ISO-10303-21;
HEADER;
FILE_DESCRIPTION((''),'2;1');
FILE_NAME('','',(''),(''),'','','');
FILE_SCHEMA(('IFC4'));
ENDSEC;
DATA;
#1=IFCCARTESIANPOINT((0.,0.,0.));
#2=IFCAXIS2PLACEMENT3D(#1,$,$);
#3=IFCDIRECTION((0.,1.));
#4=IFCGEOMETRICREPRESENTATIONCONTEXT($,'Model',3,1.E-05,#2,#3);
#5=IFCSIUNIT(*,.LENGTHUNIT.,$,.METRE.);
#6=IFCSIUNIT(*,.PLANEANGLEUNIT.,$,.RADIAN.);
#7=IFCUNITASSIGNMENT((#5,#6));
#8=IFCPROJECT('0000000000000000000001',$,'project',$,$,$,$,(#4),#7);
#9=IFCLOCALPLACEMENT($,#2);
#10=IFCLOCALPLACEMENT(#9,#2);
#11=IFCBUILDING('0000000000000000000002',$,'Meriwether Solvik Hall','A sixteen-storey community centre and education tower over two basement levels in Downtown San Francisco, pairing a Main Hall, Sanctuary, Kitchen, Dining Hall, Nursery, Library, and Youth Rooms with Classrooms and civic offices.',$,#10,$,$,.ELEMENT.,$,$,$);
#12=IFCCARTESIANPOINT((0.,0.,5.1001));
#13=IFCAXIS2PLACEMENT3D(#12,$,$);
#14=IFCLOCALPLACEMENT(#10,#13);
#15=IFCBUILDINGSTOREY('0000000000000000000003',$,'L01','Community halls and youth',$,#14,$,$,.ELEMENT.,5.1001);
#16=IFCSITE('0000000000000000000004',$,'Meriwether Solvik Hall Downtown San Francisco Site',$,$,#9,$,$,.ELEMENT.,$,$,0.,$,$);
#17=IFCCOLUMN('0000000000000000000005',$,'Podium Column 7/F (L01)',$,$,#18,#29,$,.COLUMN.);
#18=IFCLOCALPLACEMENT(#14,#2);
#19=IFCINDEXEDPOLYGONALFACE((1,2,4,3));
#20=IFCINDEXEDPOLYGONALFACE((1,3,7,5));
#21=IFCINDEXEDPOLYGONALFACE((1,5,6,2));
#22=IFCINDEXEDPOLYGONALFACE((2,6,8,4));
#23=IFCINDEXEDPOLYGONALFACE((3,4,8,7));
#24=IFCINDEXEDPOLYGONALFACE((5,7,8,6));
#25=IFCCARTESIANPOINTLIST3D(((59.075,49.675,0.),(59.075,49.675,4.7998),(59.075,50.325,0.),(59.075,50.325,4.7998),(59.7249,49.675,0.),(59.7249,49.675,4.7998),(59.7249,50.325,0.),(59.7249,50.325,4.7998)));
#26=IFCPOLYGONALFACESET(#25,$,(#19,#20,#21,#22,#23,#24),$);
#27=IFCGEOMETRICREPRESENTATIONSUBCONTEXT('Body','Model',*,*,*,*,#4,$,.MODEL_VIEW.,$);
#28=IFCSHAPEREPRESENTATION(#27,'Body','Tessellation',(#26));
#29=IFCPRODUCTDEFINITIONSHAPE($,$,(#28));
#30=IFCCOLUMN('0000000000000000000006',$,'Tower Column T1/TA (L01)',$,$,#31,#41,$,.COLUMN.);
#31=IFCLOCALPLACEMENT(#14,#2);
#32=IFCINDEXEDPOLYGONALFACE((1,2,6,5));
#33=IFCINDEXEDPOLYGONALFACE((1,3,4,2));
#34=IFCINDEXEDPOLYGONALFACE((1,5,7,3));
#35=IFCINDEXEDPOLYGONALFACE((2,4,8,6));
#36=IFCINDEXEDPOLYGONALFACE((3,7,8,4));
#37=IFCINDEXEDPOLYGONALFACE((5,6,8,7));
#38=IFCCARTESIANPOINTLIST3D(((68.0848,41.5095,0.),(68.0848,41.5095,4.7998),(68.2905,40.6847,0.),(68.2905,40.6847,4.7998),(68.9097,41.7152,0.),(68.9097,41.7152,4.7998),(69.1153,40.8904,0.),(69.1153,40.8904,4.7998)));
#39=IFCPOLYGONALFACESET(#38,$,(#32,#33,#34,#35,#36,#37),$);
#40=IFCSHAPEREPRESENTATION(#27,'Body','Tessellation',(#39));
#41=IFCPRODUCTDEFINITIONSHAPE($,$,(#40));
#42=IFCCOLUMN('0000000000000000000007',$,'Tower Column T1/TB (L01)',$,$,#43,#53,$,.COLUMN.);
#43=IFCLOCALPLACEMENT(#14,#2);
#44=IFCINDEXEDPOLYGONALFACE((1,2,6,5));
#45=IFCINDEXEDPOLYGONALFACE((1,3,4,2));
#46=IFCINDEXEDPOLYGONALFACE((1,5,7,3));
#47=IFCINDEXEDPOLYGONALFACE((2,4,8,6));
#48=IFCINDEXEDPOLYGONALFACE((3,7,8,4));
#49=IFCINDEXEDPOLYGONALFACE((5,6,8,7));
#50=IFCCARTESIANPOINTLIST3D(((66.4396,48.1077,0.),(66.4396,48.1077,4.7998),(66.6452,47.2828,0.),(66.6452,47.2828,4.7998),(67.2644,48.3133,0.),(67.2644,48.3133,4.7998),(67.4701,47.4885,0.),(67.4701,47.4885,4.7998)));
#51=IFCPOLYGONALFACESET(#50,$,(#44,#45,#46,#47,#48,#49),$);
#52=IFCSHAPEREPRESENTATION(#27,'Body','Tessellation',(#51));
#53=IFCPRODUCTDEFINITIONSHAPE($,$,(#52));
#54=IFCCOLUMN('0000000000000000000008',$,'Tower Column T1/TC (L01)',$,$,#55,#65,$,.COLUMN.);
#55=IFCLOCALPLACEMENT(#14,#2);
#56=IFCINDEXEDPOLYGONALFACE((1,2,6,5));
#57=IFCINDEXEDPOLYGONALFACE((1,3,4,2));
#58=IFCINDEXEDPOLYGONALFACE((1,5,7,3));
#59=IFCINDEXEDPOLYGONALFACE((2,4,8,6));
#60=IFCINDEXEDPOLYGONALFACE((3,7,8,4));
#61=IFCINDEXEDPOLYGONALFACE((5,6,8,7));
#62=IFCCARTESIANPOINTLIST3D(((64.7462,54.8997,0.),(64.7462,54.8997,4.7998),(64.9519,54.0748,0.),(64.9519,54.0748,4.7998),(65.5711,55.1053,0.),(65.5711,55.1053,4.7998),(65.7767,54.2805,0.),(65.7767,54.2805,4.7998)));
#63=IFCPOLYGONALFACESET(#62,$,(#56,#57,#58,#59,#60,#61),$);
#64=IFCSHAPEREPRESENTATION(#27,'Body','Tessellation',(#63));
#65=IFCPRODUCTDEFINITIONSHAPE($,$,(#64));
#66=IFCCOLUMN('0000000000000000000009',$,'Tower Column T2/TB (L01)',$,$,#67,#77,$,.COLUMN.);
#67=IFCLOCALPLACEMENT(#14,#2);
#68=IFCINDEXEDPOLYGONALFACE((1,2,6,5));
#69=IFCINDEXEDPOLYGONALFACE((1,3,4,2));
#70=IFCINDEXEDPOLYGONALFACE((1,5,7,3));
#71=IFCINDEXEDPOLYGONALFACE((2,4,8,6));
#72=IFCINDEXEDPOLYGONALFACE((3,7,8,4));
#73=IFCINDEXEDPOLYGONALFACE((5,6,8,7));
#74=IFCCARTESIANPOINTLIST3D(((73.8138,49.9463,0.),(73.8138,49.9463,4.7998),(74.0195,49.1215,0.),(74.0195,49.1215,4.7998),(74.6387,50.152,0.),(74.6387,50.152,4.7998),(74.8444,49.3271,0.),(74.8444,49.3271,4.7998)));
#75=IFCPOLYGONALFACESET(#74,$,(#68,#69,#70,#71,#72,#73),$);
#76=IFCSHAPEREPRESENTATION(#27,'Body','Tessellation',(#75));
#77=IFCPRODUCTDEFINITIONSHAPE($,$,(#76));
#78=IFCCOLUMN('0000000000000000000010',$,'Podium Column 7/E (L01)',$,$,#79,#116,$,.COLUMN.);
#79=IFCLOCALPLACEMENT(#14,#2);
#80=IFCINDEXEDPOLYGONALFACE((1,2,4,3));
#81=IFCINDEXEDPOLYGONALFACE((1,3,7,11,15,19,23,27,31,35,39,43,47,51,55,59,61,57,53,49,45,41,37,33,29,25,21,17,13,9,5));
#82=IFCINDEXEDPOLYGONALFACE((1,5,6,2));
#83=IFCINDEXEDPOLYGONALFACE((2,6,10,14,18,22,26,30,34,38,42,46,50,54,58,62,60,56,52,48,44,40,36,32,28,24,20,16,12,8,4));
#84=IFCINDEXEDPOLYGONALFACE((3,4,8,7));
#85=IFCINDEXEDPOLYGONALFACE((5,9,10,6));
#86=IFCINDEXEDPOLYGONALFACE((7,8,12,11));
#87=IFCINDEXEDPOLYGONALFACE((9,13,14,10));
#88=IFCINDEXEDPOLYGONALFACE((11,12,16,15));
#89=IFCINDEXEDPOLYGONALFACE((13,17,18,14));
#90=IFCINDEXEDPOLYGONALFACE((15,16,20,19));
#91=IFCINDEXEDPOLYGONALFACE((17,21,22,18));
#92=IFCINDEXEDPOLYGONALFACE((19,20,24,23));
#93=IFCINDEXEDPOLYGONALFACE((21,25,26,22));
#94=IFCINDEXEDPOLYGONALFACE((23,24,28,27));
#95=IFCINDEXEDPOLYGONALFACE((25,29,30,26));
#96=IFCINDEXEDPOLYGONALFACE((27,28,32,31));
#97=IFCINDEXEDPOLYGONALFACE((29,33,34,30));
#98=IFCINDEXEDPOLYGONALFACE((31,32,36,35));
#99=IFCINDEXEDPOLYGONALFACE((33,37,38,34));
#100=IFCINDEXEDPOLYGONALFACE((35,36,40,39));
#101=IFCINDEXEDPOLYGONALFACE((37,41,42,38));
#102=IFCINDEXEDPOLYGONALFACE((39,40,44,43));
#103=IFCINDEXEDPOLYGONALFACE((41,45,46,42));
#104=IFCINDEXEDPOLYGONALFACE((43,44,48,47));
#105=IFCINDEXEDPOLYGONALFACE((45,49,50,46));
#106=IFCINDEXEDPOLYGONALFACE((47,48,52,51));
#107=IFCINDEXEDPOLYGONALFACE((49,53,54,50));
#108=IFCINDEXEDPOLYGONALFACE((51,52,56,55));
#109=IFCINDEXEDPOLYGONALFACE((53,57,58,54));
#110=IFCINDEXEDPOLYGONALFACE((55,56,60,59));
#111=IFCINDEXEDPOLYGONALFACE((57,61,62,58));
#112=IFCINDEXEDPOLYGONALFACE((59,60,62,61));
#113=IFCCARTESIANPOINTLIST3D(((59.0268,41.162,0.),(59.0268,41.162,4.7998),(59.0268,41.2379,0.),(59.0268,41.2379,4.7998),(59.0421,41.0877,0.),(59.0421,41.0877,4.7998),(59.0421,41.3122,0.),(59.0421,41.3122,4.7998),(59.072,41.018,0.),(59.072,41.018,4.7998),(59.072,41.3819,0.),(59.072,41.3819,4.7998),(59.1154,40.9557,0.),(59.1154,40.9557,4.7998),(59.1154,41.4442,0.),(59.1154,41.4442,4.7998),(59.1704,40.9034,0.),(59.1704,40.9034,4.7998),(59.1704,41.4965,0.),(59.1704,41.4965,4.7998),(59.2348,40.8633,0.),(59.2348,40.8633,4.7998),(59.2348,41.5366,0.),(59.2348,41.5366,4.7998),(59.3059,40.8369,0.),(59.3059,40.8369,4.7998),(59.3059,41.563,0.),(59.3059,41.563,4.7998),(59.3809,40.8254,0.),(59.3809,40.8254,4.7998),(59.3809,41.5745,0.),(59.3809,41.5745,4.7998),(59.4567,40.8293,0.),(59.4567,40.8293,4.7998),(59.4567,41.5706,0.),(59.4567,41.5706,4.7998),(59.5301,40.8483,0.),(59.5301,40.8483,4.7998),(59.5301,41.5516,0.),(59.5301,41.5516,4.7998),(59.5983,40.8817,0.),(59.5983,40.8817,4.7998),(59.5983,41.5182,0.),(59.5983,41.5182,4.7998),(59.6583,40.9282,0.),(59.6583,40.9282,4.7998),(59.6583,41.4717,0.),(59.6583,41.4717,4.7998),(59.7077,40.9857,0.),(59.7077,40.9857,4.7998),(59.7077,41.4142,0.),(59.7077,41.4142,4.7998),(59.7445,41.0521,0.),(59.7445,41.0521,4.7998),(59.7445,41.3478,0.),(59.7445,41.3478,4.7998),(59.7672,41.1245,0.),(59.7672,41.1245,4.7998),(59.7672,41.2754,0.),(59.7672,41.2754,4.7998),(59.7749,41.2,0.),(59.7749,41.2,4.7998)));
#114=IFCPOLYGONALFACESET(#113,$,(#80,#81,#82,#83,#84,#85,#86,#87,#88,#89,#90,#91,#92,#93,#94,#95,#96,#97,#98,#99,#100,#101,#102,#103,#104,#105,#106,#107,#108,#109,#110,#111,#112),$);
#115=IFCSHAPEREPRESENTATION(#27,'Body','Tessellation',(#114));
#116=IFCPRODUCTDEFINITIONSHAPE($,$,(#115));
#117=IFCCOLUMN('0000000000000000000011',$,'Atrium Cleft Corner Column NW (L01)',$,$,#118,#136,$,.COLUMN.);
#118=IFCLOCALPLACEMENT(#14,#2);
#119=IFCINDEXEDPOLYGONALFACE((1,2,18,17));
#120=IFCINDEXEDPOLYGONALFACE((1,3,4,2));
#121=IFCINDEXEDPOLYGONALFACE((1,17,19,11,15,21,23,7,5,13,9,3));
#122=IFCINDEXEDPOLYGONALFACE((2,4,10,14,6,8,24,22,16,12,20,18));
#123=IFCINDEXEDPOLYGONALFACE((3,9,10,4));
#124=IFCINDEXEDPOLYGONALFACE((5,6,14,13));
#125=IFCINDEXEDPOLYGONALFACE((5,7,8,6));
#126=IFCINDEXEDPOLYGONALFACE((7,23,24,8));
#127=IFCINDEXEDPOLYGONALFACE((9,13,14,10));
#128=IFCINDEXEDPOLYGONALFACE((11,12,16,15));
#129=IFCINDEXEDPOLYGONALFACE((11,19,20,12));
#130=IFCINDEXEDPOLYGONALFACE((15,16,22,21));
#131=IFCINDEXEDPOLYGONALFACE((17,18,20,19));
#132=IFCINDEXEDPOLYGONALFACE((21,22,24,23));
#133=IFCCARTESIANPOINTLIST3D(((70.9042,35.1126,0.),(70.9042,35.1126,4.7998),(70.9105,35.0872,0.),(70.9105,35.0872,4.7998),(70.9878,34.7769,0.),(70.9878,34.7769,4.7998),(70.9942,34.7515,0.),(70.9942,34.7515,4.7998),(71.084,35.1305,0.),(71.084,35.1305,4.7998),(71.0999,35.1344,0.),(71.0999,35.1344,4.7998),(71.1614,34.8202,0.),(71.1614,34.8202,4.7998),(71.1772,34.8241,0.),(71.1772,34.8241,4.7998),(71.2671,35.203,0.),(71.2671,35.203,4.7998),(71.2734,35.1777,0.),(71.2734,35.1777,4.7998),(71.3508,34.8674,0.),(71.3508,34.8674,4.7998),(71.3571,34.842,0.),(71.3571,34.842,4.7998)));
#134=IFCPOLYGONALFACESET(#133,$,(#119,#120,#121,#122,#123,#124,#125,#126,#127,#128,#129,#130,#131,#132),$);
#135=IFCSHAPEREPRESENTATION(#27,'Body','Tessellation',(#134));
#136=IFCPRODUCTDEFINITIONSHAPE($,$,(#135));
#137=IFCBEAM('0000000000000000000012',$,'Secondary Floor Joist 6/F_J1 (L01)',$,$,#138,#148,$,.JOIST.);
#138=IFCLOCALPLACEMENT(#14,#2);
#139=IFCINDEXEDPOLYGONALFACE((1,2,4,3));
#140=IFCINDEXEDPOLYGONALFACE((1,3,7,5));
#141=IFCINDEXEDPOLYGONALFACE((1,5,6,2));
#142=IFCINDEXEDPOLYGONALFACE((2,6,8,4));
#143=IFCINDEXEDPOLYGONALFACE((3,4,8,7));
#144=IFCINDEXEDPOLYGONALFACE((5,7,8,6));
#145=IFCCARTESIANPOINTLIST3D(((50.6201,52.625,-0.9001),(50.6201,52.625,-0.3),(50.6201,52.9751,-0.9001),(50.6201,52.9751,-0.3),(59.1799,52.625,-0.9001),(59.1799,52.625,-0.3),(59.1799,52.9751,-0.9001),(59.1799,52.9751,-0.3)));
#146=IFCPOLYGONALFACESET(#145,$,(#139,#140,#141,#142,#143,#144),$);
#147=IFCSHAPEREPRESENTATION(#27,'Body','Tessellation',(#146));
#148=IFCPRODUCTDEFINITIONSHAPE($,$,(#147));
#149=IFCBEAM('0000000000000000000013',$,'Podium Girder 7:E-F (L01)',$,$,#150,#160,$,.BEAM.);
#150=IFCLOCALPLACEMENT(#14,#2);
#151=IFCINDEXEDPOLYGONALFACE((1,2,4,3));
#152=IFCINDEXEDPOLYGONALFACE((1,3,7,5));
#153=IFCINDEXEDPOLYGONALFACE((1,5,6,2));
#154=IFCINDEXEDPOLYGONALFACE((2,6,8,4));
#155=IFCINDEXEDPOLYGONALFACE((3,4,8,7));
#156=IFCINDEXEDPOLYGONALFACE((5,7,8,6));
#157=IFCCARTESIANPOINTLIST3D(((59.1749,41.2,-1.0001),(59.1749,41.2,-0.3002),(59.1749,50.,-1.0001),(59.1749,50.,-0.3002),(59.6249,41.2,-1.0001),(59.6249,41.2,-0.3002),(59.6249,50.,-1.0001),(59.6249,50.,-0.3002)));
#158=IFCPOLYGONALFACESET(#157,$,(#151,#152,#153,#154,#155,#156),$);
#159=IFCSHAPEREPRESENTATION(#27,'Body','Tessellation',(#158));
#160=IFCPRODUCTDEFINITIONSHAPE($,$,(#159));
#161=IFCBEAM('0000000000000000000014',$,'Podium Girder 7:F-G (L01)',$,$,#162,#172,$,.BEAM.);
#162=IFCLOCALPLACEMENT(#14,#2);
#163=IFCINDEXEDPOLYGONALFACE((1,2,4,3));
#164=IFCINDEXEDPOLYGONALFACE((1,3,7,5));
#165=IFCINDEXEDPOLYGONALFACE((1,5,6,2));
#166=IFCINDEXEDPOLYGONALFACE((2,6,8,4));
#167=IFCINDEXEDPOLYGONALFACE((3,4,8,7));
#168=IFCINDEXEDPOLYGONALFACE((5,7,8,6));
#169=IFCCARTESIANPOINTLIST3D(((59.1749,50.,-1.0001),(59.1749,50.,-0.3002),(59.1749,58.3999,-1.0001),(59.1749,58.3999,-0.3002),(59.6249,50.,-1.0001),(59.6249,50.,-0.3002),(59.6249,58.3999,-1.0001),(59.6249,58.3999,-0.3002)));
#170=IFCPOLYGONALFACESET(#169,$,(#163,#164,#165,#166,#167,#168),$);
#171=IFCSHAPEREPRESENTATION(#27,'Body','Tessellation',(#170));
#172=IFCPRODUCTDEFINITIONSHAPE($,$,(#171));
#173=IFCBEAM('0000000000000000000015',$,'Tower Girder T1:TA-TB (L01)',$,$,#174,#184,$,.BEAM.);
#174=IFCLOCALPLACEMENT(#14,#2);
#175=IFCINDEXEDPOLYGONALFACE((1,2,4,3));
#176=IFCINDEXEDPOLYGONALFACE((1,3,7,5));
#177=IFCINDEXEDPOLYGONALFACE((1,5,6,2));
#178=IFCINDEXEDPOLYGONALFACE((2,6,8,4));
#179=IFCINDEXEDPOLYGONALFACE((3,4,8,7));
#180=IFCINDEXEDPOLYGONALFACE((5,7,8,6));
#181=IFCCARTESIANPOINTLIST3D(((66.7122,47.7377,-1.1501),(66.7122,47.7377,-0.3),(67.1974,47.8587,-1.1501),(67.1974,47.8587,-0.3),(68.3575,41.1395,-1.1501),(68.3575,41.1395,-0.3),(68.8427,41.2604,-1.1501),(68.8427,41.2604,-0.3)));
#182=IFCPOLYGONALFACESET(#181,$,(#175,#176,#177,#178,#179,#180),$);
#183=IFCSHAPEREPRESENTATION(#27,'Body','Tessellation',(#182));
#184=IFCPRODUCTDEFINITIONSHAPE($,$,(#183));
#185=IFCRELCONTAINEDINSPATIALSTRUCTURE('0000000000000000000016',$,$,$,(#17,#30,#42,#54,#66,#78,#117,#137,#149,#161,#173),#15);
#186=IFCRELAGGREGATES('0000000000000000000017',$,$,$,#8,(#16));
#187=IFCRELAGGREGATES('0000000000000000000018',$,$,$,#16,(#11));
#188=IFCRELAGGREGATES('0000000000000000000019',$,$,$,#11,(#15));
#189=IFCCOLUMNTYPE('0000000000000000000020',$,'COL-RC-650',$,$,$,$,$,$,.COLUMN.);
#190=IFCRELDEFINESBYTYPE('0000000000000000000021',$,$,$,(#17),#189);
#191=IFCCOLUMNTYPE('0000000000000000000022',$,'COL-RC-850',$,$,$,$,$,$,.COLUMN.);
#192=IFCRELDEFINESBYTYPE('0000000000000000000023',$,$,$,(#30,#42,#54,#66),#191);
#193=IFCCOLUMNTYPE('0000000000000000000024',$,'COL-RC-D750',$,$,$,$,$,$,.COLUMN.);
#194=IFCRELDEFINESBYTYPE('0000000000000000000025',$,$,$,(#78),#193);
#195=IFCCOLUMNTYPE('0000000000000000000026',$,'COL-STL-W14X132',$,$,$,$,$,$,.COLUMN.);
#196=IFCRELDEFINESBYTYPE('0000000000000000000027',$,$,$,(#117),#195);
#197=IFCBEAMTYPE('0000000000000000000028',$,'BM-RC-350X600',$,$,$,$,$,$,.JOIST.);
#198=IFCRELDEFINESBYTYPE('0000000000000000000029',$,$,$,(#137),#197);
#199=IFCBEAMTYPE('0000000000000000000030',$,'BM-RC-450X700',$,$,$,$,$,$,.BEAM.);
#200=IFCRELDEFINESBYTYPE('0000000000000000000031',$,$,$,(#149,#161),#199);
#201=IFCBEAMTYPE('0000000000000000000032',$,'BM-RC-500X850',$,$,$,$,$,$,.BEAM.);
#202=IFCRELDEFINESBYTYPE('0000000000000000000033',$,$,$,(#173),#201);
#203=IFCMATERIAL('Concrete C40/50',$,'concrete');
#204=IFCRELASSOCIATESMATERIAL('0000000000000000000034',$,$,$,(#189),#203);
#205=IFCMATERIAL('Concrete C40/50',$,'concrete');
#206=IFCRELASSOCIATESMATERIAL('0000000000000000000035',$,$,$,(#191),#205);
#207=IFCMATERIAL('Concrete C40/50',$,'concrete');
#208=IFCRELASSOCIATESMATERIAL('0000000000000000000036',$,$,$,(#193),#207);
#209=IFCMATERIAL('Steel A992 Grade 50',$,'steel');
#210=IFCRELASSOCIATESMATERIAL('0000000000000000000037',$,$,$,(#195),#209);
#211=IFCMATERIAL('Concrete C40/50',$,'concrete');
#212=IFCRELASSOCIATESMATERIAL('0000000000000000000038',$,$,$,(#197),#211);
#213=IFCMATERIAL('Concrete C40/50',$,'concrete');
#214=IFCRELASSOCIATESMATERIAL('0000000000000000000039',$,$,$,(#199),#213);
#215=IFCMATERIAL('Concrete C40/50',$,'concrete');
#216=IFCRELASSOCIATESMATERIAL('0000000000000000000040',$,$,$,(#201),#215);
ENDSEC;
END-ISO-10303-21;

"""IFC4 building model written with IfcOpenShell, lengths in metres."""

from ifc_helpers import new_model, si_unit, direction, frame, origin, origin_2d, place, context, subcontext, project, spatial, rectangle, circle, i_section, extrude, material, material_profile, profile_set, type_object, element, save


model = new_model("IFC4")

# Units and contexts
model_context = context("Model", 3, precision=1e-05, world=origin(), true_north=direction((0.0, 1.0)))
body_context = subcontext(model_context, "Body", "Model", "MODEL_VIEW")
ifc_project = project(units=[si_unit("LENGTHUNIT", "METRE"), si_unit("PLANEANGLEUNIT", "RADIAN")], contexts=[model_context])

# Site, building, storey
site_placement = place(None, origin())
site = spatial("IfcSite", under=ifc_project, at=site_placement, Name="Meriwether Solvik Hall Downtown San Francisco Site", CompositionType="ELEMENT", RefElevation=0.0)
building_placement = place(site_placement, origin())
building = spatial("IfcBuilding", under=site, at=building_placement, Name="Meriwether Solvik Hall", Description="A sixteen-storey community centre and education tower over two basement levels in Downtown San Francisco, pairing a Main Hall, Sanctuary, Kitchen, Dining Hall, Nursery, Library, and Youth Rooms with Classrooms and civic offices.", CompositionType="ELEMENT")
storey_placement = place(building_placement, frame((0.0, 0.0, 5.1001)))
storey = spatial("IfcBuildingStorey", under=building, at=storey_placement, Name="L01", Description="Community halls and youth", CompositionType="ELEMENT", Elevation=5.1001)

# Columns
ifc_material_1 = material(Name="Concrete C40/50", Category="concrete")
ifc_material_profile_1 = material_profile(ifc_material_1, rectangle(XDim=0.6499, YDim=0.6499, at=origin_2d()), Name="RCC-650X650")
ifc_profile_set_1 = profile_set([ifc_material_profile_1], Name="Concrete C40/50")
column_type_1 = type_object("IfcColumnType", Name="COL-RC-650", PredefinedType="COLUMN", material=ifc_profile_set_1)
column_1_placement = place(storey_placement, frame((59.3999, 50.0, 0.0), z_axis=(0.0, 0.0, 1.0), x_axis=(1.0, 0.0, 0.0)))
element("IfcColumn", 1, at=column_1_placement, inside=storey, type_object=column_type_1, Name="Podium Column 7/F (L01)", PredefinedType="COLUMN", context=body_context, shape_type="SweptSolid", body=[
    extrude(rectangle(XDim=0.6499, YDim=0.6499, at=origin_2d()), origin(), (0.0, 0.0, 1.0), 4.7998),
])
ifc_material_2 = material(Name="Concrete C40/50", Category="concrete")
ifc_material_profile_2 = material_profile(ifc_material_2, rectangle(XDim=0.8501, YDim=0.8501, at=origin_2d()), Name="RCC-850X850")
ifc_profile_set_2 = profile_set([ifc_material_profile_2], Name="Concrete C40/50")
column_type_2 = type_object("IfcColumnType", Name="COL-RC-850", PredefinedType="COLUMN", material=ifc_profile_set_2)
for number, where, z_axis, x_axis, name in (
    (2, (68.6001, 41.2, 0.0), (0.0, 0.0, 1.0), (0.970296, 0.241922, 0.0), "Tower Column T1/TA (L01)"),
    (3, (66.9548, 47.7981, 0.0), (0.0, 0.0, 1.0), (0.970296, 0.241922, 0.0), "Tower Column T1/TB (L01)"),
    (4, (65.2615, 54.5901, 0.0), (0.0, 0.0, 1.0), (0.970296, 0.241922, 0.0), "Tower Column T1/TC (L01)"),
    (5, (74.3291, 49.6367, 0.0), (0.0, 0.0, 1.0), (0.970296, 0.241922, 0.0), "Tower Column T2/TB (L01)"),
):
    element("IfcColumn", number, at=place(storey_placement, frame(where, z_axis=z_axis, x_axis=x_axis)), inside=storey, type_object=column_type_2, Name=name, PredefinedType="COLUMN", context=body_context, shape_type="SweptSolid", body=[
        extrude(rectangle(XDim=0.8501, YDim=0.8501, at=origin_2d()), origin(), (0.0, 0.0, 1.0), 4.7998),
    ])
ifc_material_3 = material(Name="Concrete C40/50", Category="concrete")
ifc_material_profile_3 = material_profile(ifc_material_3, circle(Radius=0.375, at=origin_2d()), Name="RCC-D750")
ifc_profile_set_3 = profile_set([ifc_material_profile_3], Name="Concrete C40/50")
column_type_3 = type_object("IfcColumnType", Name="COL-RC-D750", PredefinedType="COLUMN", material=ifc_profile_set_3)
column_2_placement = place(storey_placement, frame((59.3999, 41.2, 0.0), z_axis=(0.0, 0.0, 1.0), x_axis=(1.0, 0.0, 0.0)))
element("IfcColumn", 6, at=column_2_placement, inside=storey, type_object=column_type_3, Name="Podium Column 7/E (L01)", PredefinedType="COLUMN", context=body_context, shape_type="SweptSolid", body=[
    extrude(circle(Radius=0.375, at=origin_2d()), origin(), (0.0, 0.0, 1.0), 4.7998),
])
ifc_material_4 = material(Name="Steel A992 Grade 50", Category="steel")
ifc_material_profile_4 = material_profile(ifc_material_4, i_section(OverallWidth=0.374, OverallDepth=0.3721, WebThickness=0.0164, FlangeThickness=0.0261, at=origin_2d()), Name="W14X132")
ifc_profile_set_4 = profile_set([ifc_material_profile_4], Name="Steel A992 Grade 50")
column_type_4 = type_object("IfcColumnType", Name="COL-STL-W14X132", PredefinedType="COLUMN", material=ifc_profile_set_4)
column_3_placement = place(storey_placement, frame((71.1306, 34.9773, 0.0), z_axis=(0.0, 0.0, 1.0), x_axis=(0.970296, 0.241922, 0.0)))
element("IfcColumn", 7, at=column_3_placement, inside=storey, type_object=column_type_4, Name="Atrium Cleft Corner Column NW (L01)", PredefinedType="COLUMN", context=body_context, shape_type="SweptSolid", body=[
    extrude(i_section(OverallWidth=0.374, OverallDepth=0.3721, WebThickness=0.0164, FlangeThickness=0.0261, at=origin_2d()), origin(), (0.0, 0.0, 1.0), 4.7998),
])

# Beams
ifc_material_5 = material(Name="Concrete C40/50", Category="concrete")
ifc_material_profile_5 = material_profile(ifc_material_5, rectangle(XDim=0.3501, YDim=0.6001, at=origin_2d()), Name="RCB-350X600")
ifc_profile_set_5 = profile_set([ifc_material_profile_5], Name="Concrete C40/50")
beam_type_1 = type_object("IfcBeamType", Name="BM-RC-350X600", PredefinedType="JOIST", material=ifc_profile_set_5)
beam_1_placement = place(storey_placement, frame((50.6201, 52.8, -0.6001), z_axis=(1.0, 0.0, 0.0), x_axis=(0.0, 1.0, 0.0)))
element("IfcBeam", 8, at=beam_1_placement, inside=storey, type_object=beam_type_1, Name="Secondary Floor Joist 6/F_J1 (L01)", PredefinedType="JOIST", context=body_context, shape_type="SweptSolid", body=[
    extrude(rectangle(XDim=0.3501, YDim=0.6001, at=origin_2d()), origin(), (0.0, 0.0, 1.0), 8.5598),
])
ifc_material_6 = material(Name="Concrete C40/50", Category="concrete")
ifc_material_profile_6 = material_profile(ifc_material_6, rectangle(XDim=0.45, YDim=0.7, at=origin_2d()), Name="RCB-450X700")
ifc_profile_set_6 = profile_set([ifc_material_profile_6], Name="Concrete C40/50")
beam_type_2 = type_object("IfcBeamType", Name="BM-RC-450X700", PredefinedType="BEAM", material=ifc_profile_set_6)
beam_2_placement = place(storey_placement, frame((59.3999, 41.2, -0.6501), z_axis=(0.0, 1.0, 0.0), x_axis=(-1.0, 0.0, 0.0)))
element("IfcBeam", 9, at=beam_2_placement, inside=storey, type_object=beam_type_2, Name="Podium Girder 7:E-F (L01)", PredefinedType="BEAM", context=body_context, shape_type="SweptSolid", body=[
    extrude(rectangle(XDim=0.45, YDim=0.7, at=origin_2d()), origin(), (0.0, 0.0, 1.0), 8.8),
])
beam_3_placement = place(storey_placement, frame((59.3999, 50.0, -0.6501), z_axis=(0.0, 1.0, 0.0), x_axis=(-1.0, 0.0, 0.0)))
element("IfcBeam", 10, at=beam_3_placement, inside=storey, type_object=beam_type_2, Name="Podium Girder 7:F-G (L01)", PredefinedType="BEAM", context=body_context, shape_type="SweptSolid", body=[
    extrude(rectangle(XDim=0.45, YDim=0.7, at=origin_2d()), origin(), (0.0, 0.0, 1.0), 8.3999),
])
ifc_material_7 = material(Name="Concrete C40/50", Category="concrete")
ifc_material_profile_7 = material_profile(ifc_material_7, rectangle(XDim=0.5, YDim=0.8501, at=origin_2d()), Name="RCB-500X850")
ifc_profile_set_7 = profile_set([ifc_material_profile_7], Name="Concrete C40/50")
beam_type_3 = type_object("IfcBeamType", Name="BM-RC-500X850", PredefinedType="BEAM", material=ifc_profile_set_7)
beam_4_placement = place(storey_placement, frame((68.6001, 41.2, -0.7251), z_axis=(-0.241944, 0.97029, 0.0), x_axis=(-0.97029, -0.241944, 0.0)))
element("IfcBeam", 11, at=beam_4_placement, inside=storey, type_object=beam_type_3, Name="Tower Girder T1:TA-TB (L01)", PredefinedType="BEAM", context=body_context, shape_type="SweptSolid", body=[
    extrude(rectangle(XDim=0.5, YDim=0.8501, at=origin_2d()), origin(), (0.0, 0.0, 1.0), 6.8003),
])

save(model, "model.ifc")
